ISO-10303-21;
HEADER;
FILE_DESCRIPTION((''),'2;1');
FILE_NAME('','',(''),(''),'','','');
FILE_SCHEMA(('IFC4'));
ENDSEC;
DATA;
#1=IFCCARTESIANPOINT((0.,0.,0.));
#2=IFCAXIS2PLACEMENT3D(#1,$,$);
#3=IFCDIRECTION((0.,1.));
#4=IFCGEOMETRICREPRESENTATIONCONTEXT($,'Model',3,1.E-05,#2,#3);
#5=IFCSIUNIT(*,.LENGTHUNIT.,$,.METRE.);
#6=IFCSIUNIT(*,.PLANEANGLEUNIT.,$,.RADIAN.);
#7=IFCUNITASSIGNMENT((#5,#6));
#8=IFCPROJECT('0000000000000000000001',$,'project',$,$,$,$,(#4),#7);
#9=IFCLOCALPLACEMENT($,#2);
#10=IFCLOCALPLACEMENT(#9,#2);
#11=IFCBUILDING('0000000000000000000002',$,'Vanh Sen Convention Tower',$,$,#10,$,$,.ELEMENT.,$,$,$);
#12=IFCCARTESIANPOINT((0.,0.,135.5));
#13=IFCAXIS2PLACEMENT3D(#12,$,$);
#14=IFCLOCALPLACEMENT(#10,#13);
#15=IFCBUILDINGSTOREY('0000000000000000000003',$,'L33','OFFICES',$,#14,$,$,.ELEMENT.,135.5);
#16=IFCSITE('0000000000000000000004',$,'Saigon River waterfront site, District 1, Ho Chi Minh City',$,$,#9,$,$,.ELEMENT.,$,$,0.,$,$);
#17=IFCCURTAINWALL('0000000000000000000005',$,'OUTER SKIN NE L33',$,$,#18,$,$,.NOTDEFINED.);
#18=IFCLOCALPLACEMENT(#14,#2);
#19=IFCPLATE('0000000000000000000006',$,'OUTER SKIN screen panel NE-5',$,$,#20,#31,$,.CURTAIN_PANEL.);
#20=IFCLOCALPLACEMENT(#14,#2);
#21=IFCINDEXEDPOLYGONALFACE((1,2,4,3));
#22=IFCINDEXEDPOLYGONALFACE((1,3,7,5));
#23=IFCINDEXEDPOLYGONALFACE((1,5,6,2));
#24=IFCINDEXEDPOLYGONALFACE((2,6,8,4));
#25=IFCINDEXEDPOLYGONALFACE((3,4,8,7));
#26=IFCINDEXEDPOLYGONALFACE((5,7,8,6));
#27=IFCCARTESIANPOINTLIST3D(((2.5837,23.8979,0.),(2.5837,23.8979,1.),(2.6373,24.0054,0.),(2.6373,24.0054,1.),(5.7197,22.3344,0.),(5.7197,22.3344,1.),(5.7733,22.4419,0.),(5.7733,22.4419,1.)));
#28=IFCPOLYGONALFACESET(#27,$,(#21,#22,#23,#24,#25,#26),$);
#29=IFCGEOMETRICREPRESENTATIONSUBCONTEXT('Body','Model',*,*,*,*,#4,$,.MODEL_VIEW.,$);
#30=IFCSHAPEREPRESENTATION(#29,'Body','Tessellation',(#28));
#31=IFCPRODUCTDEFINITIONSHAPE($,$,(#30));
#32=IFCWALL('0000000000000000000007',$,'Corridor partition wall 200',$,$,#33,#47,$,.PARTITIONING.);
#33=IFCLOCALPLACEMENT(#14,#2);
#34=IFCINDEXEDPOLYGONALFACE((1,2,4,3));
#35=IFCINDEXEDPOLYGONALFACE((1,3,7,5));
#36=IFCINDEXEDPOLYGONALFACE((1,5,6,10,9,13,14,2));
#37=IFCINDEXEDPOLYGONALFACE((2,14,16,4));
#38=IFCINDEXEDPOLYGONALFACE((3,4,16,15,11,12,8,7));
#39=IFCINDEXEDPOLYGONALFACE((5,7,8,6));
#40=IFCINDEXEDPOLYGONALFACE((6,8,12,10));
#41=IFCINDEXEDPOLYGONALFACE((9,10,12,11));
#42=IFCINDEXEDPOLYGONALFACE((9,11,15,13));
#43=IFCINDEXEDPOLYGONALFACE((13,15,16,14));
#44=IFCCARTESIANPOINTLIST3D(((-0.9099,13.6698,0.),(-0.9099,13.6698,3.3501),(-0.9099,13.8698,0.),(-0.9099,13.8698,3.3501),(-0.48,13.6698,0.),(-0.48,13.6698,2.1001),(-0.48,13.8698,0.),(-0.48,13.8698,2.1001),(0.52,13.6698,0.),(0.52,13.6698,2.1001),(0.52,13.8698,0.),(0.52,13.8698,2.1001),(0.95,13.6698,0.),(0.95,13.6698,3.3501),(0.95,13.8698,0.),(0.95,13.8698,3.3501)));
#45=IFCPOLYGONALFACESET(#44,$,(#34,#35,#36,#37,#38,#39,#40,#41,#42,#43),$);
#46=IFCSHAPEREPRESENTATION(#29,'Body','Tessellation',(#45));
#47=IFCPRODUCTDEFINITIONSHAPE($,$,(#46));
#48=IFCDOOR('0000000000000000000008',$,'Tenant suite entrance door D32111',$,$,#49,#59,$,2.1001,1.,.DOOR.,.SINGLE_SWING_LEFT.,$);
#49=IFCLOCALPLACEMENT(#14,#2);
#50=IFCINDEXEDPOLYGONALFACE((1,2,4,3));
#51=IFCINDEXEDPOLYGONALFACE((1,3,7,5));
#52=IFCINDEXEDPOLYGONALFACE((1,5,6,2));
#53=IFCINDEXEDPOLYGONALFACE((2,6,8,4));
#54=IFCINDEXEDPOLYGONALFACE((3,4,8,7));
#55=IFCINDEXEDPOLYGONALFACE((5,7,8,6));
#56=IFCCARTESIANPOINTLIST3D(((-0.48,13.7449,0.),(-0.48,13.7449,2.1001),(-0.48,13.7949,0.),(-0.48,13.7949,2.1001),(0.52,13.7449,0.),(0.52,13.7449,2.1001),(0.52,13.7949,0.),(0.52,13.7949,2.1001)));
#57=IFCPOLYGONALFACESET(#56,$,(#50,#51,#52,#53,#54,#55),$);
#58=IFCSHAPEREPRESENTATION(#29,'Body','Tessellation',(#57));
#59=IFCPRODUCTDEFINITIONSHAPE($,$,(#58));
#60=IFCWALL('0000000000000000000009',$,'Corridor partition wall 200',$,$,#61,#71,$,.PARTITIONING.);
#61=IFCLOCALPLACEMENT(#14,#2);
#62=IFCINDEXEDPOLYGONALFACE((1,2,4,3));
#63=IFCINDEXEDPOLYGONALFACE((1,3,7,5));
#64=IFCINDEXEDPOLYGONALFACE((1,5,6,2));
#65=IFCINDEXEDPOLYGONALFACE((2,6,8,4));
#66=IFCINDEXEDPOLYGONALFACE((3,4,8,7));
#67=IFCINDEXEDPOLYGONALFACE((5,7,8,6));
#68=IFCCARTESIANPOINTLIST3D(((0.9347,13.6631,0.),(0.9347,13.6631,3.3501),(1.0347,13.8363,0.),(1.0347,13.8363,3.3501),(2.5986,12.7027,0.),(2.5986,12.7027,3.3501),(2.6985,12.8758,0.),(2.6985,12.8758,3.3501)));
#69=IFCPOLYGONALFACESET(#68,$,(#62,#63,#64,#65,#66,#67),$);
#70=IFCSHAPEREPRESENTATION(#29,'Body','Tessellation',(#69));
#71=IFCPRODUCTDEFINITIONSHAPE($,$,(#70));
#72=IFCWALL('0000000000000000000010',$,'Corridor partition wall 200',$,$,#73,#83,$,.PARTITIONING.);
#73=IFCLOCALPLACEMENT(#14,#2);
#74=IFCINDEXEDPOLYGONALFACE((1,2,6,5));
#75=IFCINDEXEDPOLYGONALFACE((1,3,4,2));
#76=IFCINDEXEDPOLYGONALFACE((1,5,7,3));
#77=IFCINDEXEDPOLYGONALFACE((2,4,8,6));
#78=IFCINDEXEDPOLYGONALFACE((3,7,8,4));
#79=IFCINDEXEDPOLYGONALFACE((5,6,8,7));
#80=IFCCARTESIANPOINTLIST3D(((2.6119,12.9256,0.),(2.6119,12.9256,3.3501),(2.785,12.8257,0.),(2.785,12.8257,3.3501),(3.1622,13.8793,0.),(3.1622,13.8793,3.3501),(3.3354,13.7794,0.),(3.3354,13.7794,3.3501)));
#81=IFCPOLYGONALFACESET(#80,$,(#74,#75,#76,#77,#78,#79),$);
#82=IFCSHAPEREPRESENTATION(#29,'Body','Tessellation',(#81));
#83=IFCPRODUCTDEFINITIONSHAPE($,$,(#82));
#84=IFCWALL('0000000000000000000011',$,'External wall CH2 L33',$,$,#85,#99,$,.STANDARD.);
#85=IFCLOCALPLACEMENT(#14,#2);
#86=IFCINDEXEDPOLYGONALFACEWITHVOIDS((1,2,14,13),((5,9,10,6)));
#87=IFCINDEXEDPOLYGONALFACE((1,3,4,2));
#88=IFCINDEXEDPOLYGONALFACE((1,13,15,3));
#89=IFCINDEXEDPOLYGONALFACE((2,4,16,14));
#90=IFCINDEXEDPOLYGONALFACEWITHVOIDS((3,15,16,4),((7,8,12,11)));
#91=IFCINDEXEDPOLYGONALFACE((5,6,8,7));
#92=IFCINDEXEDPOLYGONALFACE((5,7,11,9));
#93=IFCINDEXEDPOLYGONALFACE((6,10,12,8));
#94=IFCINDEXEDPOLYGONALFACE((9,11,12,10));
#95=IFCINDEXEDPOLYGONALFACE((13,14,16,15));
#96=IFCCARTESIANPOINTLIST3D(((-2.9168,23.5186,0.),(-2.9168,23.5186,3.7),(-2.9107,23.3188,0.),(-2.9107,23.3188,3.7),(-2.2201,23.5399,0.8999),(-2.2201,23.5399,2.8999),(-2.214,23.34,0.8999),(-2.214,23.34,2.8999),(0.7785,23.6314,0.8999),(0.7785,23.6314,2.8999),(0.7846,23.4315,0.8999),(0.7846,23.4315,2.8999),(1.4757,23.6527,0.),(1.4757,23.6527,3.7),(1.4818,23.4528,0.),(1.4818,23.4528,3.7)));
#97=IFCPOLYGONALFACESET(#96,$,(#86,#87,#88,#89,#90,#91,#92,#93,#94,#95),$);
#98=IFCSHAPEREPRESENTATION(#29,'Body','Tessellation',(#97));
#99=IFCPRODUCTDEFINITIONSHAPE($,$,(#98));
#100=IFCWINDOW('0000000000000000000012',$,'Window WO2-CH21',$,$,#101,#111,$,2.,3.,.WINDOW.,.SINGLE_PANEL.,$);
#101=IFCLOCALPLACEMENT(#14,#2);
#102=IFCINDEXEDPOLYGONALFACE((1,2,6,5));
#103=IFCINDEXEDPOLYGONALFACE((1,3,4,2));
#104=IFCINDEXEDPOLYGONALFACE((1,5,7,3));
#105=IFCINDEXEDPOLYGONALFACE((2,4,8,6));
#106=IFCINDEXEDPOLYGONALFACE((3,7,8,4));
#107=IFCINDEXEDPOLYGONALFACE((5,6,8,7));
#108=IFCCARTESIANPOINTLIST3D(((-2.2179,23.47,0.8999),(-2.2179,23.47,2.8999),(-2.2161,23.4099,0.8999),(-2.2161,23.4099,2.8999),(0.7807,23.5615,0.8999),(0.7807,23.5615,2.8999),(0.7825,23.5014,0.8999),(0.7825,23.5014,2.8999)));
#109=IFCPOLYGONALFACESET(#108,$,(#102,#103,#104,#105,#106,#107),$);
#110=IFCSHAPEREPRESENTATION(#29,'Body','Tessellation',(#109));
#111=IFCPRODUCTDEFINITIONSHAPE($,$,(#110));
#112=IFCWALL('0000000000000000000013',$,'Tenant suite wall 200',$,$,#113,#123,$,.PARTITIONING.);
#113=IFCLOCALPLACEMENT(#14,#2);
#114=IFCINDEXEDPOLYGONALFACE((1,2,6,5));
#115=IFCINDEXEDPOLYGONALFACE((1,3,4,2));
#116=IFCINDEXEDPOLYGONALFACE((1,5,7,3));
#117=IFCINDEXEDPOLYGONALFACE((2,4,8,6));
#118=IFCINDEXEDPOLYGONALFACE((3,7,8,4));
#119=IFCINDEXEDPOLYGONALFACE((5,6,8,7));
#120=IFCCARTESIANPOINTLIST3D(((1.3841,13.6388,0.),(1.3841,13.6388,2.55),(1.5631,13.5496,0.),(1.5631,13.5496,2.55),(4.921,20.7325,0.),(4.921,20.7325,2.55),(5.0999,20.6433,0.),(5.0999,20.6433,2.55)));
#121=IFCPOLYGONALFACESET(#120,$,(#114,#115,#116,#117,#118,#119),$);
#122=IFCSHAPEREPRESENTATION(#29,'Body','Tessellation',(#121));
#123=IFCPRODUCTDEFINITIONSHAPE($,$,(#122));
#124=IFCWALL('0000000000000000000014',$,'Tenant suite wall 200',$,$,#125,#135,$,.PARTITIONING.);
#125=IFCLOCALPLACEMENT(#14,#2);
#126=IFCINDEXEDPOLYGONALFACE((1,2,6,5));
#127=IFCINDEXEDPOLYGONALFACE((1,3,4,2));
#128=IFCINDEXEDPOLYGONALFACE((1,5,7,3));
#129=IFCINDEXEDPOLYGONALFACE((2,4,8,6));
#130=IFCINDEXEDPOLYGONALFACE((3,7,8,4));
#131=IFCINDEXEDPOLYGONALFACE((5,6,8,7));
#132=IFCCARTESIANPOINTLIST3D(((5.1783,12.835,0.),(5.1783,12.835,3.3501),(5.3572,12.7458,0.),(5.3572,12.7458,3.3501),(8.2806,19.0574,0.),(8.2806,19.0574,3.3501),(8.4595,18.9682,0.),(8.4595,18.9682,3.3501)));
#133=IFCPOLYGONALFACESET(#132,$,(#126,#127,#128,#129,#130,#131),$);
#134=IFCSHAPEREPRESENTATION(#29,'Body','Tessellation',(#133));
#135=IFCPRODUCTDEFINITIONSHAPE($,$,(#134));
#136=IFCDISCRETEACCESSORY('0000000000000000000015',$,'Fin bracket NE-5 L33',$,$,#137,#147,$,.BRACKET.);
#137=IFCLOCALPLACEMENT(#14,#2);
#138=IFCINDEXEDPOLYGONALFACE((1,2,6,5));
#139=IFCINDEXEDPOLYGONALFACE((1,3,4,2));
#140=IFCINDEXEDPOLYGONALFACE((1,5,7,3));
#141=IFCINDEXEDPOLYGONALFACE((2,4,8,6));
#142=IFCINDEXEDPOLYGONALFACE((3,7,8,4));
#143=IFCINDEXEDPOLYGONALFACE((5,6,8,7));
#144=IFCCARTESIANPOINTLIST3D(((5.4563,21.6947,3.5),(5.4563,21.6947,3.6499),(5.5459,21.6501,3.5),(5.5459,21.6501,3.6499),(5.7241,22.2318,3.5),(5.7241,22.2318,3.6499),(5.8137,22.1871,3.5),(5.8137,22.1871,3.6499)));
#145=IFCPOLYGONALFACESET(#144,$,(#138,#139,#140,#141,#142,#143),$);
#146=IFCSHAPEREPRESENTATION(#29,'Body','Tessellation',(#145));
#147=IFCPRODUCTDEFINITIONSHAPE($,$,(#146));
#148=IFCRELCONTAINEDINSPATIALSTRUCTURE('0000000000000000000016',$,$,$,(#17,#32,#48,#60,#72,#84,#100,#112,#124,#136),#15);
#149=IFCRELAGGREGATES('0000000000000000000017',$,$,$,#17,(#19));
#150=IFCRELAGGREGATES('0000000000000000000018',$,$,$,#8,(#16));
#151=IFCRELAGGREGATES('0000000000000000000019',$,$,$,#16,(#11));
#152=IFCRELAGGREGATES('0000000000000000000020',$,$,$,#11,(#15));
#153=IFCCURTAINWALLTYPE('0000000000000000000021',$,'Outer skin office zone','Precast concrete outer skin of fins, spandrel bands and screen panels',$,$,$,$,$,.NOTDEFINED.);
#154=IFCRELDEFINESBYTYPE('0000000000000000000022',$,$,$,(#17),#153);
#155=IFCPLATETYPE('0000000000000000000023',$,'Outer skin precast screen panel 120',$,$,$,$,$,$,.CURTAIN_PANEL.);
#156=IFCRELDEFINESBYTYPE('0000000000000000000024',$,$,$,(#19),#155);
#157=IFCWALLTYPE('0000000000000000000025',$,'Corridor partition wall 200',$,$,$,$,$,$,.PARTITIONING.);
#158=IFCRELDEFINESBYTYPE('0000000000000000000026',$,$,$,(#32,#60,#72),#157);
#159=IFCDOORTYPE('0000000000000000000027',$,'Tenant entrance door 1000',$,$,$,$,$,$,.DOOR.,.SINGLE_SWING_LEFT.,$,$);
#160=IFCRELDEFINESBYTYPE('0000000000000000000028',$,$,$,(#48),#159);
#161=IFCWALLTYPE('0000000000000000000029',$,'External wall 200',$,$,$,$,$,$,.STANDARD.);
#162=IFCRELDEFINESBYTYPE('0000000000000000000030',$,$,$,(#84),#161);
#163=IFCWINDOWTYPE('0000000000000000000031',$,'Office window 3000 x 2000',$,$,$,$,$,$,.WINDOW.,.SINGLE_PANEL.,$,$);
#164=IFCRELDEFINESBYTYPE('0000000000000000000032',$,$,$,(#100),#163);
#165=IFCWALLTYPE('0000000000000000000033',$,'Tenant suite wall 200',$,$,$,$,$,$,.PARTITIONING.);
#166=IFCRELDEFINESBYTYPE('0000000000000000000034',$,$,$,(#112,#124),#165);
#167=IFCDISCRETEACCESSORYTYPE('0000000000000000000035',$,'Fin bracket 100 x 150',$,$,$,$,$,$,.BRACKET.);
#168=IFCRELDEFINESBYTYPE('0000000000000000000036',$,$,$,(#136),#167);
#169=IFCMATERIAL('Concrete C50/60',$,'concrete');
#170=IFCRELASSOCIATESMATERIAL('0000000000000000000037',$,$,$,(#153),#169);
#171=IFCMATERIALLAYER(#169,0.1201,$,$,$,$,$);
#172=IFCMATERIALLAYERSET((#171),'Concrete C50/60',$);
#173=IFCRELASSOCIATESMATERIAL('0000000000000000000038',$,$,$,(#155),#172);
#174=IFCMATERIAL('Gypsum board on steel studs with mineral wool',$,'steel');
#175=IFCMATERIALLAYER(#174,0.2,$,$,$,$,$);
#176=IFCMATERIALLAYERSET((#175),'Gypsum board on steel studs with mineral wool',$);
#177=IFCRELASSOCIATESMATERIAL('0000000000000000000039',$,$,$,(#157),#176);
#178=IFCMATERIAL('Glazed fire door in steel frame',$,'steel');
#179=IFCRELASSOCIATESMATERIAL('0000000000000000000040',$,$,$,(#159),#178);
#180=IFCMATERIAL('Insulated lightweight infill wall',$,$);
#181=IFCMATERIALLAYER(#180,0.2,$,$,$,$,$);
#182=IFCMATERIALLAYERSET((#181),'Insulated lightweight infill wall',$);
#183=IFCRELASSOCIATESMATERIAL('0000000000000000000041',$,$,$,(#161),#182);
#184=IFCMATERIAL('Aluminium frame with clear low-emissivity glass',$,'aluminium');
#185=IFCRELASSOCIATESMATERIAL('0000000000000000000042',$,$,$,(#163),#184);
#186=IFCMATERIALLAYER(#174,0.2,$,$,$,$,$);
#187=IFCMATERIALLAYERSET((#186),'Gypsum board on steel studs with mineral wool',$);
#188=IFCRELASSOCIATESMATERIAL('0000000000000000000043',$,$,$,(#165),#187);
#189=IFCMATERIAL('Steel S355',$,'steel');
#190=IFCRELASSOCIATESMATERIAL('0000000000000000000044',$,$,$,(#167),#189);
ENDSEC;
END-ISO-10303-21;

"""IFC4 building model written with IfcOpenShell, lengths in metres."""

from ifc_helpers import new_model, si_unit, direction, frame, frame_2d, origin, origin_2d, place, context, subcontext, project, spatial, rectangle, extrude, material, layer, layer_set, type_object, element, fill, aggregate, save


model = new_model("IFC4")

# Units and contexts
model_context = context("Model", 3, precision=1e-05, world=origin(), true_north=direction((0.0, 1.0)))
body_context = subcontext(model_context, "Body", "Model", "MODEL_VIEW")
ifc_project = project(units=[si_unit("LENGTHUNIT", "METRE"), si_unit("PLANEANGLEUNIT", "RADIAN")], contexts=[model_context])

# Site, building, storey
site_placement = place(None, origin())
site = spatial("IfcSite", under=ifc_project, at=site_placement, Name="Saigon River waterfront site, District 1, Ho Chi Minh City", CompositionType="ELEMENT", RefElevation=0.0)
building_placement = place(site_placement, origin())
building = spatial("IfcBuilding", under=site, at=building_placement, Name="Vanh Sen Convention Tower", CompositionType="ELEMENT")
storey_placement = place(building_placement, frame((0.0, 0.0, 135.5)))
storey = spatial("IfcBuildingStorey", under=building, at=storey_placement, Name="L33", Description="OFFICES", CompositionType="ELEMENT", Elevation=135.5)

# Curtain wall
ifc_material_1 = material(Name="Concrete C50/60", Category="concrete")
curtain_wall_type = type_object("IfcCurtainWallType", Name="Outer skin office zone", Description="Precast concrete outer skin of fins, spandrel bands and screen panels", PredefinedType="NOTDEFINED", material=ifc_material_1)
curtain_wall_1_placement = place(storey_placement, origin())
curtain_wall_1 = element("IfcCurtainWall", 1, at=curtain_wall_1_placement, inside=storey, type_object=curtain_wall_type, Name="OUTER SKIN NE L33", PredefinedType="NOTDEFINED")

# Plate
ifc_layer_1 = layer(ifc_material_1, 0.1201)
ifc_layer_set_1 = layer_set([ifc_layer_1], Name="Concrete C50/60")
plate_type = type_object("IfcPlateType", Name="Outer skin precast screen panel 120", PredefinedType="CURTAIN_PANEL", material=ifc_layer_set_1)
plate_1_placement = place(storey_placement, frame((4.1785, 23.1699, 0.0), z_axis=(0.0, 0.0, 1.0), x_axis=(-0.894944, 0.446179, 0.0)))
plate_1 = element("IfcPlate", 2, at=plate_1_placement, type_object=plate_type, Name="OUTER SKIN screen panel NE-5", PredefinedType="CURTAIN_PANEL", context=body_context, shape_type="SweptSolid", body=[
    extrude(rectangle(XDim=3.5042, YDim=0.1201, at=origin_2d()), origin(), (0.0, 0.0, 1.0), 1.0),
])
aggregate(curtain_wall_1, [plate_1])

# Wall, opening, door
ifc_material_2 = material(Name="Gypsum board on steel studs with mineral wool", Category="steel")
ifc_layer_2 = layer(ifc_material_2, 0.2)
ifc_layer_set_2 = layer_set([ifc_layer_2], Name="Gypsum board on steel studs with mineral wool")
wall_type_1 = type_object("IfcWallType", Name="Corridor partition wall 200", PredefinedType="PARTITIONING", material=ifc_layer_set_2)
wall_1_placement = place(storey_placement, frame((0.95, 13.7698, 0.0), z_axis=(0.0, 0.0, 1.0), x_axis=(-1.0, 0.0, 0.0)))
wall_1 = element("IfcWall", 3, at=wall_1_placement, inside=storey, type_object=wall_type_1, Name="Corridor partition wall 200", PredefinedType="PARTITIONING", context=body_context, shape_type="SweptSolid", body=[
    extrude(rectangle(XDim=1.8599, YDim=0.2, at=frame_2d((0.9299, 0.0))), origin(), (0.0, 0.0, 1.0), 3.3501),
])
opening_1_placement = place(wall_1_placement, frame((0.4299, 0.0, 0.0)))
opening_1 = element("IfcOpeningElement", 4, at=opening_1_placement, cuts=wall_1, PredefinedType="OPENING", context=body_context, shape_type="SweptSolid", body=[
    extrude(rectangle(XDim=1.0, YDim=2.1001, at=frame_2d((0.5, 1.05))), frame((0.0, 0.1099, 0.0), z_axis=(0.0, -1.0, 0.0), x_axis=(1.0, 0.0, 0.0)), (0.0, 0.0, 1.0), 0.22),
])
ifc_material_3 = material(Name="Glazed fire door in steel frame", Category="steel")
door_type = type_object("IfcDoorType", Name="Tenant entrance door 1000", OperationType="SINGLE_SWING_LEFT", PredefinedType="DOOR", material=ifc_material_3)
door_placement = place(opening_1_placement, origin())
door = element("IfcDoor", 5, at=door_placement, inside=storey, type_object=door_type, Name="Tenant suite entrance door D32111", OperationType="SINGLE_SWING_LEFT", OverallHeight=2.1001, OverallWidth=1.0, PredefinedType="DOOR", context=body_context, shape_type="SweptSolid", body=[
    extrude(rectangle(XDim=1.0, YDim=2.1001, at=frame_2d((0.5, 1.05))), frame((0.0, 0.0249, 0.0), z_axis=(0.0, -1.0, 0.0), x_axis=(1.0, 0.0, 0.0)), (0.0, 0.0, 1.0), 0.05),
])
fill(opening_1, door)

# Walls
wall_2_placement = place(storey_placement, frame((2.6484, 12.7893, 0.0), z_axis=(0.0, 0.0, 1.0), x_axis=(-0.866061, 0.499939, 0.0)))
element("IfcWall", 6, at=wall_2_placement, inside=storey, type_object=wall_type_1, Name="Corridor partition wall 200", PredefinedType="PARTITIONING", context=body_context, shape_type="SweptSolid", body=[
    extrude(rectangle(XDim=1.9211, YDim=0.2, at=frame_2d((0.9604, 0.0))), origin(), (0.0, 0.0, 1.0), 3.3501),
])
wall_3_placement = place(storey_placement, frame((3.2488, 13.8293, 0.0), z_axis=(0.0, 0.0, 1.0), x_axis=(-0.499812, -0.866134, 0.0)))
element("IfcWall", 7, at=wall_3_placement, inside=storey, type_object=wall_type_1, Name="Corridor partition wall 200", PredefinedType="PARTITIONING", context=body_context, shape_type="SweptSolid", body=[
    extrude(rectangle(XDim=1.1011, YDim=0.2, at=frame_2d((0.5505, 0.0))), origin(), (0.0, 0.0, 1.0), 3.3501),
])

# Wall, opening, window
ifc_material_4 = material(Name="Insulated lightweight infill wall")
ifc_layer_3 = layer(ifc_material_4, 0.2)
ifc_layer_set_3 = layer_set([ifc_layer_3], Name="Insulated lightweight infill wall")
wall_type_2 = type_object("IfcWallType", Name="External wall 200", PredefinedType="STANDARD", material=ifc_layer_set_3)
wall_4_placement = place(storey_placement, frame((1.4788, 23.5527, 0.0), z_axis=(0.0, 0.0, 1.0), x_axis=(-0.999535, -0.030499, 0.0)))
wall_4 = element("IfcWall", 8, at=wall_4_placement, inside=storey, type_object=wall_type_2, Name="External wall CH2 L33", PredefinedType="STANDARD", context=body_context, shape_type="SweptSolid", body=[
    extrude(rectangle(XDim=4.3945, YDim=0.2, at=frame_2d((2.1973, 0.0))), origin(), (0.0, 0.0, 1.0), 3.7),
])
opening_2_placement = place(wall_4_placement, frame((0.6975, 0.0, 0.8999)))
opening_2 = element("IfcOpeningElement", 9, at=opening_2_placement, cuts=wall_4, PredefinedType="OPENING", context=body_context, shape_type="SweptSolid", body=[
    extrude(rectangle(XDim=3.0, YDim=2.0, at=frame_2d((1.5, 1.0))), frame((0.0, 0.1099, 0.0), z_axis=(0.0, -1.0, 0.0), x_axis=(1.0, 0.0, 0.0)), (0.0, 0.0, 1.0), 0.22),
])
ifc_material_5 = material(Name="Aluminium frame with clear low-emissivity glass", Category="aluminium")
window_type = type_object("IfcWindowType", Name="Office window 3000 x 2000", PartitioningType="SINGLE_PANEL", PredefinedType="WINDOW", material=ifc_material_5)
window_placement = place(opening_2_placement, origin())
window = element("IfcWindow", 10, at=window_placement, inside=storey, type_object=window_type, Name="Window WO2-CH21", OverallHeight=2.0, OverallWidth=3.0, PartitioningType="SINGLE_PANEL", PredefinedType="WINDOW", context=body_context, shape_type="SweptSolid", body=[
    extrude(rectangle(XDim=3.0, YDim=2.0, at=frame_2d((1.5, 1.0))), frame((0.0, 0.03, 0.0), z_axis=(0.0, -1.0, 0.0), x_axis=(1.0, 0.0, 0.0)), (0.0, 0.0, 1.0), 0.0601),
])
fill(opening_2, window)

# Walls
ifc_layer_4 = layer(ifc_material_2, 0.2)
ifc_layer_set_4 = layer_set([ifc_layer_4], Name="Gypsum board on steel studs with mineral wool")
wall_type_3 = type_object("IfcWallType", Name="Tenant suite wall 200", PredefinedType="PARTITIONING", material=ifc_layer_set_4)
wall_5_placement = place(storey_placement, frame((5.0105, 20.688, 0.0), z_axis=(0.0, 0.0, 1.0), x_axis=(-0.446203, -0.894932, 0.0)))
element("IfcWall", 11, at=wall_5_placement, inside=storey, type_object=wall_type_3, Name="Tenant suite wall 200", PredefinedType="PARTITIONING", context=body_context, shape_type="SweptSolid", body=[
    extrude(rectangle(XDim=7.9265, YDim=0.2, at=frame_2d((3.9634, 0.0))), origin(), (0.0, 0.0, 1.0), 2.55),
])
wall_6_placement = place(storey_placement, frame((8.3701, 19.0129, 0.0), z_axis=(0.0, 0.0, 1.0), x_axis=(-0.446188, -0.894939, 0.0)))
element("IfcWall", 12, at=wall_6_placement, inside=storey, type_object=wall_type_3, Name="Tenant suite wall 200", PredefinedType="PARTITIONING", context=body_context, shape_type="SweptSolid", body=[
    extrude(rectangle(XDim=6.9529, YDim=0.2, at=frame_2d((3.4766, 0.0))), origin(), (0.0, 0.0, 1.0), 3.3501),
])

# Discrete accessory
ifc_material_6 = material(Name="Steel S355", Category="steel")
discrete_accessory_type = type_object("IfcDiscreteAccessoryType", Name="Fin bracket 100 x 150", PredefinedType="BRACKET", material=ifc_material_6)
discrete_accessory_placement = place(storey_placement, frame((5.635, 21.9409, 3.5), z_axis=(0.0, 0.0, 1.0), x_axis=(0.446198, 0.894934, 0.0)))
element("IfcDiscreteAccessory", 13, at=discrete_accessory_placement, inside=storey, type_object=discrete_accessory_type, Name="Fin bracket NE-5 L33", PredefinedType="BRACKET", context=body_context, shape_type="SweptSolid", body=[
    extrude(rectangle(XDim=0.6001, YDim=0.1001, at=origin_2d()), origin(), (0.0, 0.0, 1.0), 0.1499),
])

save(model, "model.ifc")
